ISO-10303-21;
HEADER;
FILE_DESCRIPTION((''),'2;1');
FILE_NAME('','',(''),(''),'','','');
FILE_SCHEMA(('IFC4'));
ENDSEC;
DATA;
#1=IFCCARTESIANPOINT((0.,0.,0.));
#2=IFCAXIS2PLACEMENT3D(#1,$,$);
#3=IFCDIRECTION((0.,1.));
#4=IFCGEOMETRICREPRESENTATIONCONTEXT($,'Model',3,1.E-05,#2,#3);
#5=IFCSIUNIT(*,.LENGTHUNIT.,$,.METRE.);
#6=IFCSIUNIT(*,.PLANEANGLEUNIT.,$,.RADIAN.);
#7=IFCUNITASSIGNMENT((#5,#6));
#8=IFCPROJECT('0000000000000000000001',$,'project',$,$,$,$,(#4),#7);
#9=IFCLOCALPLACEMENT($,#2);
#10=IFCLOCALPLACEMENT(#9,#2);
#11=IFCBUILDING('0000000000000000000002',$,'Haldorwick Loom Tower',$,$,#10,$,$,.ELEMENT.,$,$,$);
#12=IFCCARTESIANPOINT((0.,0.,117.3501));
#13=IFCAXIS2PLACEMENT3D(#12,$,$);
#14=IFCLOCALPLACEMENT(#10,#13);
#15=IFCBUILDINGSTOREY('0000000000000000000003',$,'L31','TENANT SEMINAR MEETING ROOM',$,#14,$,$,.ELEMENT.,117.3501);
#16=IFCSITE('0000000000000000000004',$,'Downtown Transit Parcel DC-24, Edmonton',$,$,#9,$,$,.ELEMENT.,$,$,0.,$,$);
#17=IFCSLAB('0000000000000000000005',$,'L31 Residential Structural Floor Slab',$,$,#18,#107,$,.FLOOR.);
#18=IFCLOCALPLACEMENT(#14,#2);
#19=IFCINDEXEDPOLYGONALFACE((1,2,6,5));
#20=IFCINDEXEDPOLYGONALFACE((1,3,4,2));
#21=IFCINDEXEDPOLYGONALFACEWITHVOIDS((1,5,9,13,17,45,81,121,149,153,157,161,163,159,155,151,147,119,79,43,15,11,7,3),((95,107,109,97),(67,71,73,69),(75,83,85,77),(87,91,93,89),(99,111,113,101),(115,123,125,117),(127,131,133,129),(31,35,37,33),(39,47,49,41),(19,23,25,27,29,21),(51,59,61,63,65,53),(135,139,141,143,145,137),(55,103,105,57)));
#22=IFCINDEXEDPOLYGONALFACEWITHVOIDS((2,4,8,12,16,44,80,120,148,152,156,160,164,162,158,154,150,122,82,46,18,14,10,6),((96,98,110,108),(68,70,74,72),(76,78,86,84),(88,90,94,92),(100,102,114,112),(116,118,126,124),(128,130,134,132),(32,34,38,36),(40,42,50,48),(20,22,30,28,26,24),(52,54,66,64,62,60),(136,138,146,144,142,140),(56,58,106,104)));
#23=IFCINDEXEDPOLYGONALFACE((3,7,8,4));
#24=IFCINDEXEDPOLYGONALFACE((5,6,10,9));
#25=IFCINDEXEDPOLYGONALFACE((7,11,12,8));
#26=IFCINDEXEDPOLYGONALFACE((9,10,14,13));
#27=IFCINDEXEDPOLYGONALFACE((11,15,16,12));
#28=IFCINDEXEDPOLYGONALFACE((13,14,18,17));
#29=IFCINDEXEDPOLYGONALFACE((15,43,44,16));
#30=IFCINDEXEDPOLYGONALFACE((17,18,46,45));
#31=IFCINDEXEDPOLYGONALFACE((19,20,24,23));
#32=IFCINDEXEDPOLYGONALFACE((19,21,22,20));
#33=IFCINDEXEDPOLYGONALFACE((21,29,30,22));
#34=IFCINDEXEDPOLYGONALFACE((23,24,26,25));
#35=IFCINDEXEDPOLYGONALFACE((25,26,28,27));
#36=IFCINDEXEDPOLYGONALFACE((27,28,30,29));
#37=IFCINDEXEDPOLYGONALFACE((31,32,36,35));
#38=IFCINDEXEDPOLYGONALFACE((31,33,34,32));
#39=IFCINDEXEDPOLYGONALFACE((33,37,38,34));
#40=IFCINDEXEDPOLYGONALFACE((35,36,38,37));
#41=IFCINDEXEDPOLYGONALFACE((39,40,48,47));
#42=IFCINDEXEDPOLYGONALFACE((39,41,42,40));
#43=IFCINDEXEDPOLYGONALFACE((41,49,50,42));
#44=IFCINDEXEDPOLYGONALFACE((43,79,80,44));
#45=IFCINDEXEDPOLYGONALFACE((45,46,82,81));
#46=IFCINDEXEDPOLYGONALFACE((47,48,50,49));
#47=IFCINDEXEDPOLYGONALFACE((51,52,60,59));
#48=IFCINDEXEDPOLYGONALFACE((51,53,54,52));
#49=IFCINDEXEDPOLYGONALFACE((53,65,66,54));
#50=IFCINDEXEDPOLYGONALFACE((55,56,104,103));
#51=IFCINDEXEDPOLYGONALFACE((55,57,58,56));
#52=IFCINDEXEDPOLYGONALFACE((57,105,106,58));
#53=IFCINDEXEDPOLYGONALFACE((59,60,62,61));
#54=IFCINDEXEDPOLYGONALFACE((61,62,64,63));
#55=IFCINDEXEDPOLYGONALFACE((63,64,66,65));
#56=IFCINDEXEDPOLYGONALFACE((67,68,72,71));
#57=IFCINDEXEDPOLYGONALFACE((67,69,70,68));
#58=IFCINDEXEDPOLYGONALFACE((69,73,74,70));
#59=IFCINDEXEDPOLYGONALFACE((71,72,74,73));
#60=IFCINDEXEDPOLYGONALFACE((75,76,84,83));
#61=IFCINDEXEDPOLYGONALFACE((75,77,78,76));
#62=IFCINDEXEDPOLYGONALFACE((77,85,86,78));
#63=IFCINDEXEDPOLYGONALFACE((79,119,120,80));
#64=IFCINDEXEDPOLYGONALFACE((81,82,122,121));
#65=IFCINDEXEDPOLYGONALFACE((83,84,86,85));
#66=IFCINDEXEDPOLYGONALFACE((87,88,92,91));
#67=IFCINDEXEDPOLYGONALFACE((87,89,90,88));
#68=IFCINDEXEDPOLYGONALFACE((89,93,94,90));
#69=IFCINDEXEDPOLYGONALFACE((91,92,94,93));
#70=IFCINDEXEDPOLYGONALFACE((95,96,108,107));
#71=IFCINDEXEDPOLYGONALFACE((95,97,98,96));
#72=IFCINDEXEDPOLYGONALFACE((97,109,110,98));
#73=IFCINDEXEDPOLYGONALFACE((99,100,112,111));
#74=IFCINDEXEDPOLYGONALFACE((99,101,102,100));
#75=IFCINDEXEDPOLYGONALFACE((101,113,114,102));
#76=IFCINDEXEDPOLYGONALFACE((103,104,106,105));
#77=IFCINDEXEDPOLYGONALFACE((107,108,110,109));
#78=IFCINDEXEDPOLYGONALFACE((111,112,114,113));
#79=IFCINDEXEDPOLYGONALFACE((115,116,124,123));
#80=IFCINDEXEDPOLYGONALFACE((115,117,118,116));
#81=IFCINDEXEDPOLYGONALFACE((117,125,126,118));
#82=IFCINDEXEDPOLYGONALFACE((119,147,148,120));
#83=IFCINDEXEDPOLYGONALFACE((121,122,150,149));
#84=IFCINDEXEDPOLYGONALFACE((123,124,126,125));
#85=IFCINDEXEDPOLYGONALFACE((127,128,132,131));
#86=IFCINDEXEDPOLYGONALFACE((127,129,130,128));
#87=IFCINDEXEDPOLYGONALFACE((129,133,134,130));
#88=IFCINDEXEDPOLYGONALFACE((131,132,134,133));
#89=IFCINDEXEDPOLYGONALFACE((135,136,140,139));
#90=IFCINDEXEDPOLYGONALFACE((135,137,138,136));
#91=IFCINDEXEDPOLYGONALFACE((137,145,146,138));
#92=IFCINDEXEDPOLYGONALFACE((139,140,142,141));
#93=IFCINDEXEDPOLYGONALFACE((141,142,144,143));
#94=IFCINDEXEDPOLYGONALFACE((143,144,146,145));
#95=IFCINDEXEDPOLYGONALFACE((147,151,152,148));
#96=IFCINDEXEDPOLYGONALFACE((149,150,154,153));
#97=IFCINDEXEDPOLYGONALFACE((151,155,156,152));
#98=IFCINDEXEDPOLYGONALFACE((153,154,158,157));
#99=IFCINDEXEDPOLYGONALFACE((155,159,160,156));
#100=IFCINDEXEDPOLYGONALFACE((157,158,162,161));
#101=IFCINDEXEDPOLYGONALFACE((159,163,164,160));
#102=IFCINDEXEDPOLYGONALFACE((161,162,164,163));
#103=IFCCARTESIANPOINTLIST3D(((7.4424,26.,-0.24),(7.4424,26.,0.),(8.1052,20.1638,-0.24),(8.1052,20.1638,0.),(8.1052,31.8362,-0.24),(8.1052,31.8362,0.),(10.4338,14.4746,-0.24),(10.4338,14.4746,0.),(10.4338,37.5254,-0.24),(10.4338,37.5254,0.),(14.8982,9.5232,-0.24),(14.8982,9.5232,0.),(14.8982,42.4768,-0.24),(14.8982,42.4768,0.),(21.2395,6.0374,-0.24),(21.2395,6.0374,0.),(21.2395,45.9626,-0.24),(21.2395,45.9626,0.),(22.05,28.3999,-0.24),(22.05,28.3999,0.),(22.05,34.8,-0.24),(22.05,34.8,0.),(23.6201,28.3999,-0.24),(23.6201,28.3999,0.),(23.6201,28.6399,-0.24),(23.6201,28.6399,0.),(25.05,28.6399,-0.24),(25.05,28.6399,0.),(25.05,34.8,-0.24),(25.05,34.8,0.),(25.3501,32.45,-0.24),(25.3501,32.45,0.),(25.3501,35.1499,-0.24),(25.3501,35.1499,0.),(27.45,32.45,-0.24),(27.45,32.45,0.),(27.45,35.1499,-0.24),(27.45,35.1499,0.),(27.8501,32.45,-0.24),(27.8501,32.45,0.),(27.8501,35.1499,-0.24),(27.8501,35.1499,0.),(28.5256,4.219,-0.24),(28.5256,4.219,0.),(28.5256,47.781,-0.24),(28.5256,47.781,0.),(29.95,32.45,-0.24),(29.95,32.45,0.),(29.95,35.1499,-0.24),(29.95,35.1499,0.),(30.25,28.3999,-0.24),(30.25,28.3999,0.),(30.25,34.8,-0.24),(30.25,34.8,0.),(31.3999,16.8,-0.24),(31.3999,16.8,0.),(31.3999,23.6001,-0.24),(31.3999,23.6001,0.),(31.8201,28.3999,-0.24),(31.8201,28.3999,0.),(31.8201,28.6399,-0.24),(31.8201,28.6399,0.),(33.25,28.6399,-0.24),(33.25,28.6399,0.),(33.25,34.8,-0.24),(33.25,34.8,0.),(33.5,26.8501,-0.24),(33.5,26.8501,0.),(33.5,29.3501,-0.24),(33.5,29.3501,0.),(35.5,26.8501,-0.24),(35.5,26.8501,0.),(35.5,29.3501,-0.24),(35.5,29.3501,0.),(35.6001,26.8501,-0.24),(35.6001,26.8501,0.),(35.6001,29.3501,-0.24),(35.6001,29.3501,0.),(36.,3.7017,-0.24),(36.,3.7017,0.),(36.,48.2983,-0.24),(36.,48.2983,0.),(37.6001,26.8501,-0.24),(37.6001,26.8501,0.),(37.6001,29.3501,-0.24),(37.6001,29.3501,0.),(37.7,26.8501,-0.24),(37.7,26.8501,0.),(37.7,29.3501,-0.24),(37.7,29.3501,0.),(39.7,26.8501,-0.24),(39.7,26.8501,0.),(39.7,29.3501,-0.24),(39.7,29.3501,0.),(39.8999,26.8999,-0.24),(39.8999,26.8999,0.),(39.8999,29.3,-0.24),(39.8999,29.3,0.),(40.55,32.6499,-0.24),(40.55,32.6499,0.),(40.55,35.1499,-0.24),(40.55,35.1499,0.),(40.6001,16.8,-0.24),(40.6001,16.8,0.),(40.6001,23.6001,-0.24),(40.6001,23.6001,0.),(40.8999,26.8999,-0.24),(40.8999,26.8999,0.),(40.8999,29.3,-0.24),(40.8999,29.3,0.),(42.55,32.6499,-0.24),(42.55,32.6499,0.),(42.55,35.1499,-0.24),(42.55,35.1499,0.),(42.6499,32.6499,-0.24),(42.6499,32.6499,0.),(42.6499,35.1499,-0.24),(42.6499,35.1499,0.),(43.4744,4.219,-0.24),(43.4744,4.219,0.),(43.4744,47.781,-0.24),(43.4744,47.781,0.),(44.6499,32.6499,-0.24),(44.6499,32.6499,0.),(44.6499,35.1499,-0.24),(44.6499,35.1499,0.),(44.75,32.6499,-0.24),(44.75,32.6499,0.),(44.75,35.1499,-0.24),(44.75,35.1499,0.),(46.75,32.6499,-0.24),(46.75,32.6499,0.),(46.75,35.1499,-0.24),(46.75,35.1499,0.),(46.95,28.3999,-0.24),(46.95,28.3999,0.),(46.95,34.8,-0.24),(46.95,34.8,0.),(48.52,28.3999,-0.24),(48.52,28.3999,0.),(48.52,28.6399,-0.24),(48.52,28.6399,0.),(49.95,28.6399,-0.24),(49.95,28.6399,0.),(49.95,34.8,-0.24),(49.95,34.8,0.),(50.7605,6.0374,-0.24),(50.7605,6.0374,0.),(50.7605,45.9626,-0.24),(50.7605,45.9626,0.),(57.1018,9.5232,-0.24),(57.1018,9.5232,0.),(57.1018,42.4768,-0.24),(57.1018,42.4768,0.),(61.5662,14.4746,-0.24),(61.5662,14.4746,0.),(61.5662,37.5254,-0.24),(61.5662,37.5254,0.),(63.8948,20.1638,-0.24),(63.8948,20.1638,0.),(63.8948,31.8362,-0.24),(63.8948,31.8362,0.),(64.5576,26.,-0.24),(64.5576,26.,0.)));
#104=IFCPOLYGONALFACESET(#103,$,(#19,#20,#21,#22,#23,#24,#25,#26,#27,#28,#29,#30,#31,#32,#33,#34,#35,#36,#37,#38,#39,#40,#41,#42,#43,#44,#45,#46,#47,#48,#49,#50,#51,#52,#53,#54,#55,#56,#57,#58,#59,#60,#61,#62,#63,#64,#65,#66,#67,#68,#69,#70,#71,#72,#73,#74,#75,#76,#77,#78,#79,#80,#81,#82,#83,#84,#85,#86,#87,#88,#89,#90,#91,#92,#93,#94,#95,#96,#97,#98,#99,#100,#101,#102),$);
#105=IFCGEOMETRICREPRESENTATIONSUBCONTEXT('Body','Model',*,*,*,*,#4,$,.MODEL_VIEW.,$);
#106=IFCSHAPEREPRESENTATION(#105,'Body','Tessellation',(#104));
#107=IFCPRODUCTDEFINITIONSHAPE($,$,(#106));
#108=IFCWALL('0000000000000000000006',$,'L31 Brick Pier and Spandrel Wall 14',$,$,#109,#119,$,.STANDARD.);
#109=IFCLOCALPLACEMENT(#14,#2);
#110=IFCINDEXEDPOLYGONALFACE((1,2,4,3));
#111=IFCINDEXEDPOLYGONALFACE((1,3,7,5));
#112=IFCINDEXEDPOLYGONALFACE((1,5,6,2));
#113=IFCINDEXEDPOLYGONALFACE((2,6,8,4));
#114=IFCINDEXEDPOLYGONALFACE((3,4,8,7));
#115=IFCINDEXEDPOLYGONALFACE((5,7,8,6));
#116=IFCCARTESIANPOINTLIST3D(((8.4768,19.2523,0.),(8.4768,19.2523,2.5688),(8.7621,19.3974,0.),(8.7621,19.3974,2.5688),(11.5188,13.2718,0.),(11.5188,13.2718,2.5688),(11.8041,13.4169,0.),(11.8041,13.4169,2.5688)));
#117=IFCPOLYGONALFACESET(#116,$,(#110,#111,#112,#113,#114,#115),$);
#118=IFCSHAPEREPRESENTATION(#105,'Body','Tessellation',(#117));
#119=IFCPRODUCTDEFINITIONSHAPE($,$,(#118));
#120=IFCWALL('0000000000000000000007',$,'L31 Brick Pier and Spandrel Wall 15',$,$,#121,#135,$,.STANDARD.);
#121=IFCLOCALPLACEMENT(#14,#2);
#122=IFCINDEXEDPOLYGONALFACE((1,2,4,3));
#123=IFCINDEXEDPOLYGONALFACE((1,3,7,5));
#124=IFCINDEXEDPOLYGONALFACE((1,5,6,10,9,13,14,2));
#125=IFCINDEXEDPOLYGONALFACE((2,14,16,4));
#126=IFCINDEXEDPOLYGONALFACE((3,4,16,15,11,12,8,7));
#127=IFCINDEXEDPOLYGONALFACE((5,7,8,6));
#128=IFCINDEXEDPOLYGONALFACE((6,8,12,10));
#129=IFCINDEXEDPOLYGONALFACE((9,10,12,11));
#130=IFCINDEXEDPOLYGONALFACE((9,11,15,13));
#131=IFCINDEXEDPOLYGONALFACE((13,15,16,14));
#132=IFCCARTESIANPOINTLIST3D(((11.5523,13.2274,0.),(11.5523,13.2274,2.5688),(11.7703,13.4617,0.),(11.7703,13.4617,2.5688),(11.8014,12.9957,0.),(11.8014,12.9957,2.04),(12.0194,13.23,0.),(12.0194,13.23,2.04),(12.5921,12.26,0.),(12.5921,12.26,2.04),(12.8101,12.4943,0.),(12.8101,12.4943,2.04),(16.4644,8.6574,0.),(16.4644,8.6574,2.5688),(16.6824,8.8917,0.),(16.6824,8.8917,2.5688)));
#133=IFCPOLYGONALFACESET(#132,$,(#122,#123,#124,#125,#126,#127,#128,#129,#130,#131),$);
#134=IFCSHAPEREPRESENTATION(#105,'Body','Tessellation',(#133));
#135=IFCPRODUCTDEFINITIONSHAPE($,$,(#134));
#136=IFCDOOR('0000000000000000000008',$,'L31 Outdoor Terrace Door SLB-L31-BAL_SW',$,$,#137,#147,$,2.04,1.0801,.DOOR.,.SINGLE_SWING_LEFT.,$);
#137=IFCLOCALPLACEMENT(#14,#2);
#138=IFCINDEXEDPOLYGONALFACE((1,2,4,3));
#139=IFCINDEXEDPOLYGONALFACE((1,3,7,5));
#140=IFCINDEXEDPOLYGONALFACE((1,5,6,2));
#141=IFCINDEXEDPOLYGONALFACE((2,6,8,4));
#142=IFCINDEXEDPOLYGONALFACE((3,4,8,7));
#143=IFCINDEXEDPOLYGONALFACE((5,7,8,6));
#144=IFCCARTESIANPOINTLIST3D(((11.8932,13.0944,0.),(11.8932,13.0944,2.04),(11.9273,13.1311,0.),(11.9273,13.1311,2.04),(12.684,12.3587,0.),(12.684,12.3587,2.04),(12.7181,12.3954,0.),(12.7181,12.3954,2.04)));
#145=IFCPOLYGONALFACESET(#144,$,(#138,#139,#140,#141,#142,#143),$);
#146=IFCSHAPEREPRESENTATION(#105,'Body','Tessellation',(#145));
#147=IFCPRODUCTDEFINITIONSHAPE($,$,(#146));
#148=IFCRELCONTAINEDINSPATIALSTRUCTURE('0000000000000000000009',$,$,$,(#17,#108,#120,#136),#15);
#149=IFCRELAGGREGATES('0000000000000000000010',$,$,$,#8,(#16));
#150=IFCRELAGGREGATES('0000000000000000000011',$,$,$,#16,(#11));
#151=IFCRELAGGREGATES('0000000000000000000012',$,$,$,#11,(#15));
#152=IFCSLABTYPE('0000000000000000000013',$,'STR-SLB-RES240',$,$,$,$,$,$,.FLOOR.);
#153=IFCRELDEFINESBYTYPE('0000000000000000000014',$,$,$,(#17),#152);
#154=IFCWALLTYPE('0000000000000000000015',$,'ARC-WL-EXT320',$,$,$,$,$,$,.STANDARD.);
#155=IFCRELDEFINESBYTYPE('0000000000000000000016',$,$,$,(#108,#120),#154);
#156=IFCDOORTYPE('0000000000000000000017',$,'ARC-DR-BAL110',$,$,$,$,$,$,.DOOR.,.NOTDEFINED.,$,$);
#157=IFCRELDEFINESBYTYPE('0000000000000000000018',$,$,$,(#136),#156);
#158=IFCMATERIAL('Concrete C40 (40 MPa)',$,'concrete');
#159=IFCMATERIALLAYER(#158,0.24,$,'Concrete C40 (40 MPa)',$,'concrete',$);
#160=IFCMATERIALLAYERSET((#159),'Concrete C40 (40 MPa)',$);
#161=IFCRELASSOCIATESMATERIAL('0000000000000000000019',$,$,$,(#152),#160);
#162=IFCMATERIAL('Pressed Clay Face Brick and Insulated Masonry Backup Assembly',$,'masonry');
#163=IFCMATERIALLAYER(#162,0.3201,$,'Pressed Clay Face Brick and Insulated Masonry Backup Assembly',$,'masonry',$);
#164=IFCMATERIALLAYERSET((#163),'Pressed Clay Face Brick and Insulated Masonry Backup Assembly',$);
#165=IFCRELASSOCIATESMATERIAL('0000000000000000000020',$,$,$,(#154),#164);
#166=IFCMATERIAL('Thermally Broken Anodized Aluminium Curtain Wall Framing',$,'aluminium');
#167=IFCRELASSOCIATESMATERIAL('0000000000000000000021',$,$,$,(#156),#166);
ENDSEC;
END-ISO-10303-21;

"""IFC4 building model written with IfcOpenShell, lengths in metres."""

from ifc_helpers import new_model, si_unit, direction, frame, frame_2d, origin, place, context, subcontext, project, spatial, polyline, rectangle, outline, extrude, material, layer, layer_set, type_object, element, fill, save


model = new_model("IFC4")

# Units and contexts
model_context = context("Model", 3, precision=1e-05, world=origin(), true_north=direction((0.0, 1.0)))
body_context = subcontext(model_context, "Body", "Model", "MODEL_VIEW")
ifc_project = project(units=[si_unit("LENGTHUNIT", "METRE"), si_unit("PLANEANGLEUNIT", "RADIAN")], contexts=[model_context])

# Site, building, storey
site_placement = place(None, origin())
site = spatial("IfcSite", under=ifc_project, at=site_placement, Name="Downtown Transit Parcel DC-24, Edmonton", CompositionType="ELEMENT", RefElevation=0.0)
building_placement = place(site_placement, origin())
building = spatial("IfcBuilding", under=site, at=building_placement, Name="Haldorwick Loom Tower", CompositionType="ELEMENT")
storey_placement = place(building_placement, frame((0.0, 0.0, 117.3501)))
storey = spatial("IfcBuildingStorey", under=building, at=storey_placement, Name="L31", Description="TENANT SEMINAR MEETING ROOM", CompositionType="ELEMENT", Elevation=117.3501)

# Shared definitions
ifc_material_1 = material(Name="Concrete C40 (40 MPa)", Category="concrete")

# Slab
ifc_layer_1 = layer(ifc_material_1, 0.24, Name="Concrete C40 (40 MPa)", Category="concrete")
ifc_layer_set_1 = layer_set([ifc_layer_1], Name="Concrete C40 (40 MPa)")
slab_type_1 = type_object("IfcSlabType", Name="STR-SLB-RES240", PredefinedType="FLOOR", material=ifc_layer_set_1)
slab_1_placement = place(storey_placement, frame((0.0, 0.0, -0.24)))
element("IfcSlab", 1, at=slab_1_placement, inside=storey, type_object=slab_type_1, Name="L31 Residential Structural Floor Slab", PredefinedType="FLOOR", context=body_context, shape_type="SweptSolid", body=[
    extrude(outline(polyline([(57.1018, 9.5232), (61.5662, 14.4746), (63.8948, 20.1638), (64.5576, 26.0), (63.8948, 31.8362), (61.5662, 37.5254), (57.1018, 42.4768), (50.7605, 45.9626), (43.4744, 47.781), (36.0, 48.2983), (28.5256, 47.781), (21.2395, 45.9626), (14.8982, 42.4768), (10.4338, 37.5254), (8.1052, 31.8362), (7.4424, 26.0), (8.1052, 20.1638), (10.4338, 14.4746), (14.8982, 9.5232), (21.2395, 6.0374), (28.5256, 4.219), (36.0, 3.7017), (43.4744, 4.219), (50.7605, 6.0374), (57.1018, 9.5232)]), holes=[polyline([(31.3999, 16.8), (31.3999, 23.6001), (40.6001, 23.6001), (40.6001, 16.8), (31.3999, 16.8)]), polyline([(33.5, 26.8501), (33.5, 29.3501), (35.5, 29.3501), (35.5, 26.8501), (33.5, 26.8501)]), polyline([(35.6001, 26.8501), (35.6001, 29.3501), (37.6001, 29.3501), (37.6001, 26.8501), (35.6001, 26.8501)]), polyline([(23.6201, 28.3999), (22.05, 28.3999), (22.05, 34.8), (25.05, 34.8), (25.05, 28.6399), (23.6201, 28.6399), (23.6201, 28.3999)]), polyline([(30.25, 28.3999), (30.25, 34.8), (33.25, 34.8), (33.25, 28.6399), (31.8201, 28.6399), (31.8201, 28.3999), (30.25, 28.3999)]), polyline([(25.3501, 32.45), (25.3501, 35.1499), (27.45, 35.1499), (27.45, 32.45), (25.3501, 32.45)]), polyline([(29.95, 32.45), (27.8501, 32.45), (27.8501, 35.1499), (29.95, 35.1499), (29.95, 32.45)]), polyline([(37.7, 26.8501), (37.7, 29.3501), (39.7, 29.3501), (39.7, 26.8501), (37.7, 26.8501)]), polyline([(39.8999, 26.8999), (39.8999, 29.3), (40.8999, 29.3), (40.8999, 26.8999), (39.8999, 26.8999)]), polyline([(46.95, 28.3999), (46.95, 34.8), (49.95, 34.8), (49.95, 28.6399), (48.52, 28.6399), (48.52, 28.3999), (46.95, 28.3999)]), polyline([(40.55, 32.6499), (40.55, 35.1499), (42.55, 35.1499), (42.55, 32.6499), (40.55, 32.6499)]), polyline([(42.6499, 32.6499), (42.6499, 35.1499), (44.6499, 35.1499), (44.6499, 32.6499), (42.6499, 32.6499)]), polyline([(44.75, 32.6499), (44.75, 35.1499), (46.75, 35.1499), (46.75, 32.6499), (44.75, 32.6499)])]), origin(), (0.0, 0.0, 1.0), 0.24),
])

# Wall
ifc_material_2 = material(Name="Pressed Clay Face Brick and Insulated Masonry Backup Assembly", Category="masonry")
ifc_layer_2 = layer(ifc_material_2, 0.3201, Name="Pressed Clay Face Brick and Insulated Masonry Backup Assembly", Category="masonry")
ifc_layer_set_2 = layer_set([ifc_layer_2], Name="Pressed Clay Face Brick and Insulated Masonry Backup Assembly")
wall_type_1 = type_object("IfcWallType", Name="ARC-WL-EXT320", PredefinedType="STANDARD", material=ifc_layer_set_2)
wall_1_placement = place(storey_placement, frame((8.6194, 19.325, 0.0), z_axis=(0.0, 0.0, 1.0), x_axis=(0.453374, -0.89132, 0.0)))
element("IfcWall", 2, at=wall_1_placement, inside=storey, type_object=wall_type_1, Name="L31 Brick Pier and Spandrel Wall 14", PredefinedType="STANDARD", context=body_context, shape_type="SweptSolid", body=[
    extrude(rectangle(XDim=6.7097, YDim=0.3201, at=frame_2d((3.355, 0.0))), origin(), (0.0, 0.0, 1.0), 2.5688),
])

# Wall, opening, door
wall_2_placement = place(storey_placement, frame((11.6614, 13.3445, 0.0), z_axis=(0.0, 0.0, 1.0), x_axis=(0.732137, -0.681157, 0.0)))
wall_2 = element("IfcWall", 3, at=wall_2_placement, inside=storey, type_object=wall_type_1, Name="L31 Brick Pier and Spandrel Wall 15", PredefinedType="STANDARD", context=body_context, shape_type="SweptSolid", body=[
    extrude(rectangle(XDim=6.7092, YDim=0.3201, at=frame_2d((3.3545, 0.0))), origin(), (0.0, 0.0, 1.0), 2.5688),
])
opening_1_placement = place(wall_2_placement, frame((0.3401, 0.0, 0.0)))
opening_1 = element("IfcOpeningElement", 4, at=opening_1_placement, cuts=wall_2, PredefinedType="OPENING", context=body_context, shape_type="SweptSolid", body=[
    extrude(rectangle(XDim=1.0801, YDim=2.04, at=frame_2d((0.54, 1.02))), frame((0.0, 0.1699, 0.0), z_axis=(0.0, -1.0, 0.0), x_axis=(1.0, 0.0, 0.0)), (0.0, 0.0, 1.0), 0.3401),
])
ifc_material_3 = material(Name="Thermally Broken Anodized Aluminium Curtain Wall Framing", Category="aluminium")
door_type = type_object("IfcDoorType", Name="ARC-DR-BAL110", OperationType="NOTDEFINED", PredefinedType="DOOR", material=ifc_material_3)
door_placement = place(opening_1_placement, origin())
door = element("IfcDoor", 5, at=door_placement, inside=storey, type_object=door_type, Name="L31 Outdoor Terrace Door SLB-L31-BAL_SW", OperationType="SINGLE_SWING_LEFT", OverallHeight=2.04, OverallWidth=1.0801, PredefinedType="DOOR", context=body_context, shape_type="SweptSolid", body=[
    extrude(rectangle(XDim=1.0801, YDim=2.04, at=frame_2d((0.54, 1.02))), frame((0.0, 0.0249, 0.0), z_axis=(0.0, -1.0, 0.0), x_axis=(1.0, 0.0, 0.0)), (0.0, 0.0, 1.0), 0.05),
])
fill(opening_1, door)

save(model, "model.ifc")
